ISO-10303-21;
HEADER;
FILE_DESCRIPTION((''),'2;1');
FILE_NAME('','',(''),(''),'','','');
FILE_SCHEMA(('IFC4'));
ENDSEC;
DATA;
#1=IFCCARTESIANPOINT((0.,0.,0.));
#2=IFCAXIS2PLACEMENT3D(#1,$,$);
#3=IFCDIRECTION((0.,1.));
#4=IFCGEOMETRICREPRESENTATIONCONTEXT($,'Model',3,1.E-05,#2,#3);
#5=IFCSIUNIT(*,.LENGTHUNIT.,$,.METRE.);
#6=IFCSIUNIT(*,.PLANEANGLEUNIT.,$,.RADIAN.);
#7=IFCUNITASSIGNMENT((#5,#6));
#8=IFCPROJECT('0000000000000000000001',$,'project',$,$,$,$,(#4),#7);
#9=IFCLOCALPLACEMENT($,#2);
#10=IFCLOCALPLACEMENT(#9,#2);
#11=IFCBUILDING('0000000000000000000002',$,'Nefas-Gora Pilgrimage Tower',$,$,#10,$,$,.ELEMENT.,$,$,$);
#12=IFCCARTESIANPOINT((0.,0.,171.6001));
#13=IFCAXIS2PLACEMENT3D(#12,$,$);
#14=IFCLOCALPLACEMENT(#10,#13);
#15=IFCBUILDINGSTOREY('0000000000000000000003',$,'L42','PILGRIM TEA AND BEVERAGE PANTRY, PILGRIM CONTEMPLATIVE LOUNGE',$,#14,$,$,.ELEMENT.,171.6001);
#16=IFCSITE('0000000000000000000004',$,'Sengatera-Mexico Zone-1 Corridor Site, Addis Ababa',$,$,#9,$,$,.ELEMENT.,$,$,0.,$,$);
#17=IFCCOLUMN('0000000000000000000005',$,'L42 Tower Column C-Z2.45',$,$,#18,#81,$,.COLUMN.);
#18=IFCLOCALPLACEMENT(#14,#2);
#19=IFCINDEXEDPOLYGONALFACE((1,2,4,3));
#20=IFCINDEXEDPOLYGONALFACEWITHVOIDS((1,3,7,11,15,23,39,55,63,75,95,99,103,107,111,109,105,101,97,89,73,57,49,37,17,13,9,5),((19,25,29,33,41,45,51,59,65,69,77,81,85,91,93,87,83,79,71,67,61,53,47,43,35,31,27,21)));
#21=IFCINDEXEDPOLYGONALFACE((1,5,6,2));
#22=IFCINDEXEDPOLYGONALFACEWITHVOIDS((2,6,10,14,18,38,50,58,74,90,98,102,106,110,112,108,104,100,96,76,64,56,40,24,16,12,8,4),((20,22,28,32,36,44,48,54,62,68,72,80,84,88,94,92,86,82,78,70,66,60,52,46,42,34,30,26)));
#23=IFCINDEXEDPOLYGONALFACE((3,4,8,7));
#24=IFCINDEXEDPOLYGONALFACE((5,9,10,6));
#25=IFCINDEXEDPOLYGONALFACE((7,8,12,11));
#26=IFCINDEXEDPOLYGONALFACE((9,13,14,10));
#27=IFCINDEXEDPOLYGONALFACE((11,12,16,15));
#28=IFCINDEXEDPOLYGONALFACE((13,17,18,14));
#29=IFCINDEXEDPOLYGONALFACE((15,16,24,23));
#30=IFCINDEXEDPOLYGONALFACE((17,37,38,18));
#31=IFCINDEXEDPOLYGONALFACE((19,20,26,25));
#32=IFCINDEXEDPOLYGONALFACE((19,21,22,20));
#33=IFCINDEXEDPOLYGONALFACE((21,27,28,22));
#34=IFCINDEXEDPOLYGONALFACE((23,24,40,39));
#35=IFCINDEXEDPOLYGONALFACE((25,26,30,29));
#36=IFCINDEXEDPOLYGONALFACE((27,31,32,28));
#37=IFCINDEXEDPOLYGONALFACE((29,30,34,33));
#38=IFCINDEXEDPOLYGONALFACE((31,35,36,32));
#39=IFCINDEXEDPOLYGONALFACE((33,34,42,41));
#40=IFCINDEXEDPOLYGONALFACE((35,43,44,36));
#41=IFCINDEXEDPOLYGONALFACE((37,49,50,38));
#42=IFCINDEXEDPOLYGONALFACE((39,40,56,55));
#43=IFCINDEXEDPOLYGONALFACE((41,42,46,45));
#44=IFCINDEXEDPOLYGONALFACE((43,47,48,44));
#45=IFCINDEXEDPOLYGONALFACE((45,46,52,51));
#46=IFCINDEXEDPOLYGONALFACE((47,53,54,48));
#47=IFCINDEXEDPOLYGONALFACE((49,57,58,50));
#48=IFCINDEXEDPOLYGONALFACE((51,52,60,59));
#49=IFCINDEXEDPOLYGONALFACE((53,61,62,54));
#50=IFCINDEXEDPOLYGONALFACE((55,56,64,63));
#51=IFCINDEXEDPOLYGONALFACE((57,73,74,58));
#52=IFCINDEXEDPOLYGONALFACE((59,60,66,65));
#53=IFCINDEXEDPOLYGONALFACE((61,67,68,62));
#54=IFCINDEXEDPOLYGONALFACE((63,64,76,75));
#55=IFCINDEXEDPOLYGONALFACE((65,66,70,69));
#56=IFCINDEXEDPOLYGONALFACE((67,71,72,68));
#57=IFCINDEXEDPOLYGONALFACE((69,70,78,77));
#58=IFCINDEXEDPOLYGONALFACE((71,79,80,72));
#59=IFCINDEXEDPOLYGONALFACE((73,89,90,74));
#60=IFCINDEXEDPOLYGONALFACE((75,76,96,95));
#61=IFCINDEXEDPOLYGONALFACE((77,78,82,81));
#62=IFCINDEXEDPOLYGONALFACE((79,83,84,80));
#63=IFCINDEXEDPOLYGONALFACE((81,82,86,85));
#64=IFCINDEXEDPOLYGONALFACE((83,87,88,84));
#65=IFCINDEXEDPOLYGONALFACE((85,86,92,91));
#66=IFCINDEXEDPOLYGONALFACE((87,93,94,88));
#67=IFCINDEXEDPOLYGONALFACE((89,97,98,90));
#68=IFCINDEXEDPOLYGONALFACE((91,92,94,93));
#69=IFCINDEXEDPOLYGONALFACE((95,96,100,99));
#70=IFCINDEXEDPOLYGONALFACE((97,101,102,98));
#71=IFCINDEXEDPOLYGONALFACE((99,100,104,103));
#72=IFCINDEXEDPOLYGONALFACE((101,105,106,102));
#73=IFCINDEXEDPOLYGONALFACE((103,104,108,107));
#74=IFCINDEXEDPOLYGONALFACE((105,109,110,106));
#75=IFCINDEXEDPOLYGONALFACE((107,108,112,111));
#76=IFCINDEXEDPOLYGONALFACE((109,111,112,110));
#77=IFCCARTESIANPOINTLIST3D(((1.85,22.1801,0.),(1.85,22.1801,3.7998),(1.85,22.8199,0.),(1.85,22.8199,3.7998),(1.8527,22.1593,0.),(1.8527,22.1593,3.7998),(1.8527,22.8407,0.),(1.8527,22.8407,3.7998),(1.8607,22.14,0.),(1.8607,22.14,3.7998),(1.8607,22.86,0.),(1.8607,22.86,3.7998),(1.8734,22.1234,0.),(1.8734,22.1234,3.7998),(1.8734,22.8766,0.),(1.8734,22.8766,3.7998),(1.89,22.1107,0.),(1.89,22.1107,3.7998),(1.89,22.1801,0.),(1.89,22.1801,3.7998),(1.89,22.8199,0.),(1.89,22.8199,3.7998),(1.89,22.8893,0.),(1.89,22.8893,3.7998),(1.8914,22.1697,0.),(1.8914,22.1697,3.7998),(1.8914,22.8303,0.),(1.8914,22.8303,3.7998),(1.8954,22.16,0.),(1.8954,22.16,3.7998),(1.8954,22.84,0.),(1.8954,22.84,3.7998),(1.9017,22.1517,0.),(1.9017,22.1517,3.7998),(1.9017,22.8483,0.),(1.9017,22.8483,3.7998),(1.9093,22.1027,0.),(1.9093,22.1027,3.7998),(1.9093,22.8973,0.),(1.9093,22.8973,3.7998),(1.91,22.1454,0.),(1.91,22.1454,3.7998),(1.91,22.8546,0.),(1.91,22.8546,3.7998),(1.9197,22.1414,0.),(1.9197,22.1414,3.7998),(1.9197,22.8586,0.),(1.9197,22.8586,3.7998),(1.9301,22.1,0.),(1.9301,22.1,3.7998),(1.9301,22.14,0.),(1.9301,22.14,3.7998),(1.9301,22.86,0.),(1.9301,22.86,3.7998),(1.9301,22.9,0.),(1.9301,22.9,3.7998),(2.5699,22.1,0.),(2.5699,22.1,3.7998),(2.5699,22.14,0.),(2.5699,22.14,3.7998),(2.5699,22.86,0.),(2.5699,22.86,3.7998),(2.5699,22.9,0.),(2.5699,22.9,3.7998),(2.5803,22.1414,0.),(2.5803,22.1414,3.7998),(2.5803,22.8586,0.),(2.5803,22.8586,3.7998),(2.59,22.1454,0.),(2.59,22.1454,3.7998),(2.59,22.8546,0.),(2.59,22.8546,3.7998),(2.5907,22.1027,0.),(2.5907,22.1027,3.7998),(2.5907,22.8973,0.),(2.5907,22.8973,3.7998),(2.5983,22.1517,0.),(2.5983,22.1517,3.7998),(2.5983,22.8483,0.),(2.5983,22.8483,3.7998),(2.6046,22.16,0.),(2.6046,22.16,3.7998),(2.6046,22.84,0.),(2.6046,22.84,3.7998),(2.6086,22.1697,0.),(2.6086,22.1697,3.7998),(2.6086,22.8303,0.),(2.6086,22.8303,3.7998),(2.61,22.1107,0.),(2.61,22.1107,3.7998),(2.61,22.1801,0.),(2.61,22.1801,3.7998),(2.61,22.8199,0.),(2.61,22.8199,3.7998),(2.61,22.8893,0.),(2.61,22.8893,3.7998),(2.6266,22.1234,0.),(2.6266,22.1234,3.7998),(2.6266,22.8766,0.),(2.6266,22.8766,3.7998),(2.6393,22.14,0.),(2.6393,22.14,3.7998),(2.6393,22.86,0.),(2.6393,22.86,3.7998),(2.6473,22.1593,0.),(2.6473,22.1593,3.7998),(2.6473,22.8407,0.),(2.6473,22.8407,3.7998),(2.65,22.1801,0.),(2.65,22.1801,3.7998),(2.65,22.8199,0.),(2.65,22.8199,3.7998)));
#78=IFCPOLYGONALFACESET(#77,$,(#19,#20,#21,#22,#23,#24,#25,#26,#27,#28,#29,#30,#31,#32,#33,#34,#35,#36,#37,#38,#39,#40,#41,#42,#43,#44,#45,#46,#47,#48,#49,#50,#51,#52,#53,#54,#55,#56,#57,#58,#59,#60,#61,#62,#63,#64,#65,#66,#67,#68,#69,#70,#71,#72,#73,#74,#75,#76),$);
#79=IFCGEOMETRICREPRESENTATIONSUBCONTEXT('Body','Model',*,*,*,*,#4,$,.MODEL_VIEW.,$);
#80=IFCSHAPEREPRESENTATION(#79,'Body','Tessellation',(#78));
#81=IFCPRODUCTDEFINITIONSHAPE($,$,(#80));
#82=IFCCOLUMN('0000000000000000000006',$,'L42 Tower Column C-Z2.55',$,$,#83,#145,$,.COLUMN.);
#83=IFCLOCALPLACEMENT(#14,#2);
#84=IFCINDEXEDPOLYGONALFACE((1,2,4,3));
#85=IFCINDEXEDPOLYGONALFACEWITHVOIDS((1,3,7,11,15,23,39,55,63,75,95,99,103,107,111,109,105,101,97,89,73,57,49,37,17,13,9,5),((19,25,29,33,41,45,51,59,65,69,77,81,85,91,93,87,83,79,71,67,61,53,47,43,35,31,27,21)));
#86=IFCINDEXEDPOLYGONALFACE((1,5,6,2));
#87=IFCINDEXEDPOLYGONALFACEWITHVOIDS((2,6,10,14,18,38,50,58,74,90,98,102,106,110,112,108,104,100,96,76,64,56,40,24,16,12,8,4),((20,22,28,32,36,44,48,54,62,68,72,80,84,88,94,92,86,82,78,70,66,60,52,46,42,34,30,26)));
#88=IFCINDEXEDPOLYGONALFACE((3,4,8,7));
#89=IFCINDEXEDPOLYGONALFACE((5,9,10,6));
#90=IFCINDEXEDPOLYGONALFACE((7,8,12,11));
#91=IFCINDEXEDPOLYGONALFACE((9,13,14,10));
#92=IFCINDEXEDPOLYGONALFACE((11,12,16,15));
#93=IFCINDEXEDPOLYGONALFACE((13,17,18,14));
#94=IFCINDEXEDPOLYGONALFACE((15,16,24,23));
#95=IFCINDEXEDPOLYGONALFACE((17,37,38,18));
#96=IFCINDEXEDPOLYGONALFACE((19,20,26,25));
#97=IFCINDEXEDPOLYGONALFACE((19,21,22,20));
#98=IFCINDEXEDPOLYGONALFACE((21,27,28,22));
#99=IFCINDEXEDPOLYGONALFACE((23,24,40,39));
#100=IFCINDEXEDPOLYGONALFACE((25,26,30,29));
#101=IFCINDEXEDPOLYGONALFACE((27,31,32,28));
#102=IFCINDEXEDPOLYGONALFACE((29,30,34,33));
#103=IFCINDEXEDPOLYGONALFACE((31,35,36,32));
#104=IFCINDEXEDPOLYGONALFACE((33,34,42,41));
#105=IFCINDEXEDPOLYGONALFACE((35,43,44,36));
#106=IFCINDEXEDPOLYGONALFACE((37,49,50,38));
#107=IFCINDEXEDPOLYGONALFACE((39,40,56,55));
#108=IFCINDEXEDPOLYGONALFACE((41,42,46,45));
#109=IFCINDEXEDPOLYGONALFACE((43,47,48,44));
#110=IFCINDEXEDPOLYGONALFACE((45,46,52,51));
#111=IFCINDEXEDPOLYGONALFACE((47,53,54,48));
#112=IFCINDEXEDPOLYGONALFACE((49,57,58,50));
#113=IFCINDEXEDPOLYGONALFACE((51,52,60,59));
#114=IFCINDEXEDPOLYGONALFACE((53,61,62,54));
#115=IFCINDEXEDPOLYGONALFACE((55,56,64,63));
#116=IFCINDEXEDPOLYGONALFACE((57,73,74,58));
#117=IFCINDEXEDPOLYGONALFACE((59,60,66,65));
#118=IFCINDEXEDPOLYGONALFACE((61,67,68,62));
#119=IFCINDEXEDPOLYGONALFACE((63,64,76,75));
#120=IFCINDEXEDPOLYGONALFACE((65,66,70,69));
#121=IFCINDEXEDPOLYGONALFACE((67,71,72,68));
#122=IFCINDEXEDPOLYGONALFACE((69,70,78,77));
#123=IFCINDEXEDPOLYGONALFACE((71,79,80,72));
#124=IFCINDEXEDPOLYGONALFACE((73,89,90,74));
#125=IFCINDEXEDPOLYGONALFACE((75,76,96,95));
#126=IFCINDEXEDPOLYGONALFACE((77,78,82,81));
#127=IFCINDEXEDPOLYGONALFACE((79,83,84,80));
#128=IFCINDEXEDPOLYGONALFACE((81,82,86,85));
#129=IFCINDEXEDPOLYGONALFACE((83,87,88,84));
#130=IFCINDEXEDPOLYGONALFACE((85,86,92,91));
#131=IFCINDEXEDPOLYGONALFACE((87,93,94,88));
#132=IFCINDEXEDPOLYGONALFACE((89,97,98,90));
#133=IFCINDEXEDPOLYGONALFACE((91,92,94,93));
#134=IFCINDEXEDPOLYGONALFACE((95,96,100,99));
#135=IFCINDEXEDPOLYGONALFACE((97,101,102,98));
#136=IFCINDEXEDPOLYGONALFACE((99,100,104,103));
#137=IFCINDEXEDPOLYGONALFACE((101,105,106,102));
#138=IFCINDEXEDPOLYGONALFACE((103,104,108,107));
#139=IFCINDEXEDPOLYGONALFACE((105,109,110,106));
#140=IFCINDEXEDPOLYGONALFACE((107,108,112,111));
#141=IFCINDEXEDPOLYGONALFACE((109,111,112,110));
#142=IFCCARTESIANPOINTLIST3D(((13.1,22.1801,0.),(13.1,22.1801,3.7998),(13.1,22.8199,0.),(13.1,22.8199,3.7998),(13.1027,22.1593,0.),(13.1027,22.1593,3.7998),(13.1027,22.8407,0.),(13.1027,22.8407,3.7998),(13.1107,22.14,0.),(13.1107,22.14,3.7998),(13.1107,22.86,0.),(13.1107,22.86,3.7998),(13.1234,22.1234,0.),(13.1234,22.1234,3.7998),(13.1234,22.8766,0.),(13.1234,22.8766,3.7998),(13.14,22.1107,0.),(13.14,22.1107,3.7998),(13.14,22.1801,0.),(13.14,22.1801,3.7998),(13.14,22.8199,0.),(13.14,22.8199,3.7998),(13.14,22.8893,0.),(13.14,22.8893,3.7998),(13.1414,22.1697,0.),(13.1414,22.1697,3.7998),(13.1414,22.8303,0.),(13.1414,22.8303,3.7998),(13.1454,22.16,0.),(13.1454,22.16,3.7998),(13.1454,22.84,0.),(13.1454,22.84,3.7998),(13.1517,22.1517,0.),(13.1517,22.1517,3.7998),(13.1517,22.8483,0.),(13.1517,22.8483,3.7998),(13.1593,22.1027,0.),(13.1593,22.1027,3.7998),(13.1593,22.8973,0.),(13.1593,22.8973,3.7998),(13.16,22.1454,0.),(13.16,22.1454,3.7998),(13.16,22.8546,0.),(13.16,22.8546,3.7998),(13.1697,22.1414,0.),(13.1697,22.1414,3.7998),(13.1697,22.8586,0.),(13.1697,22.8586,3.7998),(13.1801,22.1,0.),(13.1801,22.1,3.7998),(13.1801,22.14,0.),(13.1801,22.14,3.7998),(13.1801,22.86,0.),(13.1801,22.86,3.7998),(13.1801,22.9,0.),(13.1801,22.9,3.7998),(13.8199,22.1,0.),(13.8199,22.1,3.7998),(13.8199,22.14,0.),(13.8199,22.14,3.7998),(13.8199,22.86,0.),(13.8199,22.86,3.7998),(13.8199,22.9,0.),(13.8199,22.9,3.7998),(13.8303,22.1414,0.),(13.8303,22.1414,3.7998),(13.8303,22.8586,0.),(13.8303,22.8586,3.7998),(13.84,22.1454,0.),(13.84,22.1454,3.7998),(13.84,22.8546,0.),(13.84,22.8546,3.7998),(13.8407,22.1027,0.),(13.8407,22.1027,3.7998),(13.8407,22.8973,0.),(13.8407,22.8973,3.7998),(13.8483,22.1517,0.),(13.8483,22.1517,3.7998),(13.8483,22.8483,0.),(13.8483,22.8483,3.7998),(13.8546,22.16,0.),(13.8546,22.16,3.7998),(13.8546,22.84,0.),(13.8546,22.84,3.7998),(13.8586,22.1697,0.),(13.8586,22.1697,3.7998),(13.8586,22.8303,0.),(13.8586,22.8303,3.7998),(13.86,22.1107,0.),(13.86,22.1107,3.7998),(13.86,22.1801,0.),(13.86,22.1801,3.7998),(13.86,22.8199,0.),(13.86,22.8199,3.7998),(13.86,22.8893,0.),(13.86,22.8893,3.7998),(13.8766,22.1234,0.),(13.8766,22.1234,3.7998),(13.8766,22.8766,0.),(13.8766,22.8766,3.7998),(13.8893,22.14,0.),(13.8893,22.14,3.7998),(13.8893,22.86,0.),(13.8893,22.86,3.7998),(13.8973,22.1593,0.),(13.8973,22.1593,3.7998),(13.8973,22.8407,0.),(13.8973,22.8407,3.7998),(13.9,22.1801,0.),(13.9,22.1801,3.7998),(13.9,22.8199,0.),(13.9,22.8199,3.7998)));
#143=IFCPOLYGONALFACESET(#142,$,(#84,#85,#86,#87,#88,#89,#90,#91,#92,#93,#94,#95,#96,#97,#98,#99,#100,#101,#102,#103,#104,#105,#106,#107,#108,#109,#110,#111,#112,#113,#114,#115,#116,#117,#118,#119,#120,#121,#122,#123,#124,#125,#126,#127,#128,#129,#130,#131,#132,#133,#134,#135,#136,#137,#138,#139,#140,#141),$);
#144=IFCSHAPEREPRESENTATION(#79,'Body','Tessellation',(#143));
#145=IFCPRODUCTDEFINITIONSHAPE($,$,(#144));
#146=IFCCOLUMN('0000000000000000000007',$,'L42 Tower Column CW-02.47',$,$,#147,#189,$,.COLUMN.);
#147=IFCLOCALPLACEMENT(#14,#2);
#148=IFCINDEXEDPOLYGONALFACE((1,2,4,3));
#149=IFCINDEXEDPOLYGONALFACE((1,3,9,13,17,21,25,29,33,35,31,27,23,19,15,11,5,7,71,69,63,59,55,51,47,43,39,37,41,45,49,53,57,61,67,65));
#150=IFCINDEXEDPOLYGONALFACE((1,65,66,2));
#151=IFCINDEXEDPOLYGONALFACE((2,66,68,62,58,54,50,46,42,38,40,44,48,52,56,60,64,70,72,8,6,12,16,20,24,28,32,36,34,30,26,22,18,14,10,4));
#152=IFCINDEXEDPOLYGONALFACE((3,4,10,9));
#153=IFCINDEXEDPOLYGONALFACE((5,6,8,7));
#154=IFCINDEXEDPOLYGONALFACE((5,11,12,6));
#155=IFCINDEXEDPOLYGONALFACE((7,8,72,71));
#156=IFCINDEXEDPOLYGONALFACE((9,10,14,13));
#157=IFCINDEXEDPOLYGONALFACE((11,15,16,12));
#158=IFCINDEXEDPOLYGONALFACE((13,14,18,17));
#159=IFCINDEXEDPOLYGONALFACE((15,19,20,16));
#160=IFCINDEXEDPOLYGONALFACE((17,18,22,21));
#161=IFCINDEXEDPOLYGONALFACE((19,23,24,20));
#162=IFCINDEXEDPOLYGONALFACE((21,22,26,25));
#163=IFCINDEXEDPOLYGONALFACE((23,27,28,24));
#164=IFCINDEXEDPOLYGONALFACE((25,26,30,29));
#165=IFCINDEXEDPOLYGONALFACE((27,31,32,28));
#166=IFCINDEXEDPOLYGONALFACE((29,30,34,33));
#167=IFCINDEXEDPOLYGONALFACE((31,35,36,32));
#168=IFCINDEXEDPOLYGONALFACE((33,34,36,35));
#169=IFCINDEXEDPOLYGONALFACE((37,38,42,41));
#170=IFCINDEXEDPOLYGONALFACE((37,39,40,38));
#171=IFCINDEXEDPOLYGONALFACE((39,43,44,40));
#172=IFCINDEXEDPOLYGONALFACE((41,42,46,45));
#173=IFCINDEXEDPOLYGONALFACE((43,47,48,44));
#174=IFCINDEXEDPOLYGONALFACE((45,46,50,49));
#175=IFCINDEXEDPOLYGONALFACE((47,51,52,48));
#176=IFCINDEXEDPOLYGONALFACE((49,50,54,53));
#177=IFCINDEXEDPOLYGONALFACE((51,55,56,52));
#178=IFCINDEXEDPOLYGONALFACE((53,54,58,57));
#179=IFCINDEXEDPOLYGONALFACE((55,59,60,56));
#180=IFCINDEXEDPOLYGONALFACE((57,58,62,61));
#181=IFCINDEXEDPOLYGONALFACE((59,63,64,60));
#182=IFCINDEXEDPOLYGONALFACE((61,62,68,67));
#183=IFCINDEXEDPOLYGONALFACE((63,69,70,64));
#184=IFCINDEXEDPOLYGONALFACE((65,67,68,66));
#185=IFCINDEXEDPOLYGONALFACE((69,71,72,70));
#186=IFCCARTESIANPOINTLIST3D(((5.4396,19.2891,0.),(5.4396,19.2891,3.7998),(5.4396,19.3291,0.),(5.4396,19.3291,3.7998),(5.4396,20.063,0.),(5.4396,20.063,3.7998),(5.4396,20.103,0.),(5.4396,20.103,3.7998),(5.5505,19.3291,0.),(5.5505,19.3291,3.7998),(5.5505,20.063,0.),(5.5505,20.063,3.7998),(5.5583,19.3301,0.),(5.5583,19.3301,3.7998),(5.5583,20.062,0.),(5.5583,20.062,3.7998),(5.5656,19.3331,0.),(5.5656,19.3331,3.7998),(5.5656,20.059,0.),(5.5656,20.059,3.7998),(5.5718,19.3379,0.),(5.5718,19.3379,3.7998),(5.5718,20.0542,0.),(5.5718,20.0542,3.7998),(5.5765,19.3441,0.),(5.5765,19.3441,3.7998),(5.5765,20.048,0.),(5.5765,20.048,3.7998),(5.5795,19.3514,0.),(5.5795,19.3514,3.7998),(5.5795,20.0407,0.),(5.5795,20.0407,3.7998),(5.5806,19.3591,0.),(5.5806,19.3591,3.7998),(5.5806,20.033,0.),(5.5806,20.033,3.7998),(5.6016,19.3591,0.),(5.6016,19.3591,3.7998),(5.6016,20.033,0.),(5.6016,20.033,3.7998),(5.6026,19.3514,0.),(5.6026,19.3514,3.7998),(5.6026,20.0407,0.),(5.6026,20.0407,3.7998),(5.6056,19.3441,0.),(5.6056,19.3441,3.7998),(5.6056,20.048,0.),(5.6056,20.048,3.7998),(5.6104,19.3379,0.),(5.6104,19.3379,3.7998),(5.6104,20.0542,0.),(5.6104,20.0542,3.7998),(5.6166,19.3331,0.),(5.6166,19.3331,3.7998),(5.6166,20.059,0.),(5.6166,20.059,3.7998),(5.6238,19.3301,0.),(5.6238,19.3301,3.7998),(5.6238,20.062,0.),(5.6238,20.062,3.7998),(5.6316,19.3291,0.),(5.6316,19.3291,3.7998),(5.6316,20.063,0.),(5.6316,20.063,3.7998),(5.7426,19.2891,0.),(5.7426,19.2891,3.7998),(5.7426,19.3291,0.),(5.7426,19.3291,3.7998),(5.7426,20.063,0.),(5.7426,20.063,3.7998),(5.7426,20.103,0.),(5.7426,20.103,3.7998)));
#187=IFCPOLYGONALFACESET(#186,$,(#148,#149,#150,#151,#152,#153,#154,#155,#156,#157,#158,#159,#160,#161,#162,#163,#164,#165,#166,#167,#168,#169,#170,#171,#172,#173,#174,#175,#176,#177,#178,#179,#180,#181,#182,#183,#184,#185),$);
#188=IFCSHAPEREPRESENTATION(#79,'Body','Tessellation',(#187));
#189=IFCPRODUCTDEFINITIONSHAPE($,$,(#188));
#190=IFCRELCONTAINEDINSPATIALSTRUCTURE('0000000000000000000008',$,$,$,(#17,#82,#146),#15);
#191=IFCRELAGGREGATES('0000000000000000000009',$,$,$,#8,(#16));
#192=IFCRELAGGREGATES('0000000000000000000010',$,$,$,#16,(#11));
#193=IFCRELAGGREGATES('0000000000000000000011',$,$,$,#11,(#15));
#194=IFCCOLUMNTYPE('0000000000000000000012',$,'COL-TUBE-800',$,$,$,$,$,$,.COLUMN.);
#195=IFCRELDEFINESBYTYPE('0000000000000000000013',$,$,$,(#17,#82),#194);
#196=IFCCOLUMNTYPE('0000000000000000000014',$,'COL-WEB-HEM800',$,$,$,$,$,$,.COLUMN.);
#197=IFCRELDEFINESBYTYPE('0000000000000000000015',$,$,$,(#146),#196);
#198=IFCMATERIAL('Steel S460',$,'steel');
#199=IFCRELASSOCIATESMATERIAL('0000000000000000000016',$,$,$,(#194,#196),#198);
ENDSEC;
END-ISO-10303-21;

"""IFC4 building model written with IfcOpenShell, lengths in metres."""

from ifc_helpers import new_model, si_unit, direction, frame, origin, origin_2d, place, context, subcontext, project, spatial, hollow_rectangle, i_section, extrude, source, transform, mapped, material, material_profile, profile_set, type_object, element, save


model = new_model("IFC4")

# Units and contexts
model_context = context("Model", 3, precision=1e-05, world=origin(), true_north=direction((0.0, 1.0)))
body_context = subcontext(model_context, "Body", "Model", "MODEL_VIEW")
ifc_project = project(units=[si_unit("LENGTHUNIT", "METRE"), si_unit("PLANEANGLEUNIT", "RADIAN")], contexts=[model_context])

# Site, building, storey
site_placement = place(None, origin())
site = spatial("IfcSite", under=ifc_project, at=site_placement, Name="Sengatera-Mexico Zone-1 Corridor Site, Addis Ababa", CompositionType="ELEMENT", RefElevation=0.0)
building_placement = place(site_placement, origin())
building = spatial("IfcBuilding", under=site, at=building_placement, Name="Nefas-Gora Pilgrimage Tower", CompositionType="ELEMENT")
storey_placement = place(building_placement, frame((0.0, 0.0, 171.6001)))
storey = spatial("IfcBuildingStorey", under=building, at=storey_placement, Name="L42", Description="PILGRIM TEA AND BEVERAGE PANTRY, PILGRIM CONTEMPLATIVE LOUNGE", CompositionType="ELEMENT", Elevation=171.6001)

# Columns
ifc_material_1 = material(Name="Steel S460", Category="steel")
ifc_material_profile_1 = material_profile(ifc_material_1, hollow_rectangle(XDim=0.8, YDim=0.8, WallThickness=0.04, InnerFilletRadius=0.04, OuterFilletRadius=0.0801, at=origin_2d()), Name="BOX 800x800x40")
ifc_profile_set_1 = profile_set([ifc_material_profile_1], Name="Steel S460")
column_type_1 = type_object("IfcColumnType", Name="COL-TUBE-800", PredefinedType="COLUMN", material=ifc_profile_set_1)
shared_shape_1 = source(origin(), body_context, "Body", "SweptSolid", [
    extrude(hollow_rectangle(XDim=0.8, YDim=0.8, WallThickness=0.04, InnerFilletRadius=0.04, OuterFilletRadius=0.0801, at=origin_2d()), origin(), (0.0, 0.0, 1.0), 3.7998),
])
for number, where, z_axis, x_axis, name in (
    (1, (2.25, 22.5, 0.0), (0.0, 0.0, 1.0), (1.0, 0.0, 0.0), "L42 Tower Column C-Z2.45"),
    (2, (13.5, 22.5, 0.0), (0.0, 0.0, 1.0), (1.0, 0.0, 0.0), "L42 Tower Column C-Z2.55"),
):
    element("IfcColumn", number, at=place(storey_placement, frame(where, z_axis=z_axis, x_axis=x_axis)), inside=storey, type_object=column_type_1, Name=name, PredefinedType="COLUMN", context=body_context, shape_type="MappedRepresentation", body=[
        mapped(shared_shape_1, transform((0.0, 0.0, 0.0), x_axis=(1.0, 0.0, 0.0), y_axis=(0.0, 1.0, 0.0), z_axis=(0.0, 0.0, 1.0), scale=1.0)),
    ])
ifc_material_profile_2 = material_profile(ifc_material_1, i_section(OverallWidth=0.303, OverallDepth=0.814, WebThickness=0.021, FlangeThickness=0.04, FilletRadius=0.03, at=origin_2d()), Name="HEM 800")
ifc_profile_set_2 = profile_set([ifc_material_profile_2], Name="Steel S460")
column_type_2 = type_object("IfcColumnType", Name="COL-WEB-HEM800", PredefinedType="COLUMN", material=ifc_profile_set_2)
shared_shape_2 = source(origin(), body_context, "Body", "SweptSolid", [
    extrude(i_section(OverallWidth=0.303, OverallDepth=0.814, WebThickness=0.021, FlangeThickness=0.04, FilletRadius=0.03, at=origin_2d()), origin(), (0.0, 0.0, 1.0), 3.7998),
])
column_placement = place(storey_placement, frame((5.5911, 19.696, 0.0), z_axis=(0.0, 0.0, 1.0), x_axis=(1.0, 0.0, 0.0)))
element("IfcColumn", 3, at=column_placement, inside=storey, type_object=column_type_2, Name="L42 Tower Column CW-02.47", PredefinedType="COLUMN", context=body_context, shape_type="MappedRepresentation", body=[
    mapped(shared_shape_2, transform((0.0, 0.0, 0.0), x_axis=(1.0, 0.0, 0.0), y_axis=(0.0, 1.0, 0.0), z_axis=(0.0, 0.0, 1.0), scale=1.0)),
])

save(model, "model.ifc")
